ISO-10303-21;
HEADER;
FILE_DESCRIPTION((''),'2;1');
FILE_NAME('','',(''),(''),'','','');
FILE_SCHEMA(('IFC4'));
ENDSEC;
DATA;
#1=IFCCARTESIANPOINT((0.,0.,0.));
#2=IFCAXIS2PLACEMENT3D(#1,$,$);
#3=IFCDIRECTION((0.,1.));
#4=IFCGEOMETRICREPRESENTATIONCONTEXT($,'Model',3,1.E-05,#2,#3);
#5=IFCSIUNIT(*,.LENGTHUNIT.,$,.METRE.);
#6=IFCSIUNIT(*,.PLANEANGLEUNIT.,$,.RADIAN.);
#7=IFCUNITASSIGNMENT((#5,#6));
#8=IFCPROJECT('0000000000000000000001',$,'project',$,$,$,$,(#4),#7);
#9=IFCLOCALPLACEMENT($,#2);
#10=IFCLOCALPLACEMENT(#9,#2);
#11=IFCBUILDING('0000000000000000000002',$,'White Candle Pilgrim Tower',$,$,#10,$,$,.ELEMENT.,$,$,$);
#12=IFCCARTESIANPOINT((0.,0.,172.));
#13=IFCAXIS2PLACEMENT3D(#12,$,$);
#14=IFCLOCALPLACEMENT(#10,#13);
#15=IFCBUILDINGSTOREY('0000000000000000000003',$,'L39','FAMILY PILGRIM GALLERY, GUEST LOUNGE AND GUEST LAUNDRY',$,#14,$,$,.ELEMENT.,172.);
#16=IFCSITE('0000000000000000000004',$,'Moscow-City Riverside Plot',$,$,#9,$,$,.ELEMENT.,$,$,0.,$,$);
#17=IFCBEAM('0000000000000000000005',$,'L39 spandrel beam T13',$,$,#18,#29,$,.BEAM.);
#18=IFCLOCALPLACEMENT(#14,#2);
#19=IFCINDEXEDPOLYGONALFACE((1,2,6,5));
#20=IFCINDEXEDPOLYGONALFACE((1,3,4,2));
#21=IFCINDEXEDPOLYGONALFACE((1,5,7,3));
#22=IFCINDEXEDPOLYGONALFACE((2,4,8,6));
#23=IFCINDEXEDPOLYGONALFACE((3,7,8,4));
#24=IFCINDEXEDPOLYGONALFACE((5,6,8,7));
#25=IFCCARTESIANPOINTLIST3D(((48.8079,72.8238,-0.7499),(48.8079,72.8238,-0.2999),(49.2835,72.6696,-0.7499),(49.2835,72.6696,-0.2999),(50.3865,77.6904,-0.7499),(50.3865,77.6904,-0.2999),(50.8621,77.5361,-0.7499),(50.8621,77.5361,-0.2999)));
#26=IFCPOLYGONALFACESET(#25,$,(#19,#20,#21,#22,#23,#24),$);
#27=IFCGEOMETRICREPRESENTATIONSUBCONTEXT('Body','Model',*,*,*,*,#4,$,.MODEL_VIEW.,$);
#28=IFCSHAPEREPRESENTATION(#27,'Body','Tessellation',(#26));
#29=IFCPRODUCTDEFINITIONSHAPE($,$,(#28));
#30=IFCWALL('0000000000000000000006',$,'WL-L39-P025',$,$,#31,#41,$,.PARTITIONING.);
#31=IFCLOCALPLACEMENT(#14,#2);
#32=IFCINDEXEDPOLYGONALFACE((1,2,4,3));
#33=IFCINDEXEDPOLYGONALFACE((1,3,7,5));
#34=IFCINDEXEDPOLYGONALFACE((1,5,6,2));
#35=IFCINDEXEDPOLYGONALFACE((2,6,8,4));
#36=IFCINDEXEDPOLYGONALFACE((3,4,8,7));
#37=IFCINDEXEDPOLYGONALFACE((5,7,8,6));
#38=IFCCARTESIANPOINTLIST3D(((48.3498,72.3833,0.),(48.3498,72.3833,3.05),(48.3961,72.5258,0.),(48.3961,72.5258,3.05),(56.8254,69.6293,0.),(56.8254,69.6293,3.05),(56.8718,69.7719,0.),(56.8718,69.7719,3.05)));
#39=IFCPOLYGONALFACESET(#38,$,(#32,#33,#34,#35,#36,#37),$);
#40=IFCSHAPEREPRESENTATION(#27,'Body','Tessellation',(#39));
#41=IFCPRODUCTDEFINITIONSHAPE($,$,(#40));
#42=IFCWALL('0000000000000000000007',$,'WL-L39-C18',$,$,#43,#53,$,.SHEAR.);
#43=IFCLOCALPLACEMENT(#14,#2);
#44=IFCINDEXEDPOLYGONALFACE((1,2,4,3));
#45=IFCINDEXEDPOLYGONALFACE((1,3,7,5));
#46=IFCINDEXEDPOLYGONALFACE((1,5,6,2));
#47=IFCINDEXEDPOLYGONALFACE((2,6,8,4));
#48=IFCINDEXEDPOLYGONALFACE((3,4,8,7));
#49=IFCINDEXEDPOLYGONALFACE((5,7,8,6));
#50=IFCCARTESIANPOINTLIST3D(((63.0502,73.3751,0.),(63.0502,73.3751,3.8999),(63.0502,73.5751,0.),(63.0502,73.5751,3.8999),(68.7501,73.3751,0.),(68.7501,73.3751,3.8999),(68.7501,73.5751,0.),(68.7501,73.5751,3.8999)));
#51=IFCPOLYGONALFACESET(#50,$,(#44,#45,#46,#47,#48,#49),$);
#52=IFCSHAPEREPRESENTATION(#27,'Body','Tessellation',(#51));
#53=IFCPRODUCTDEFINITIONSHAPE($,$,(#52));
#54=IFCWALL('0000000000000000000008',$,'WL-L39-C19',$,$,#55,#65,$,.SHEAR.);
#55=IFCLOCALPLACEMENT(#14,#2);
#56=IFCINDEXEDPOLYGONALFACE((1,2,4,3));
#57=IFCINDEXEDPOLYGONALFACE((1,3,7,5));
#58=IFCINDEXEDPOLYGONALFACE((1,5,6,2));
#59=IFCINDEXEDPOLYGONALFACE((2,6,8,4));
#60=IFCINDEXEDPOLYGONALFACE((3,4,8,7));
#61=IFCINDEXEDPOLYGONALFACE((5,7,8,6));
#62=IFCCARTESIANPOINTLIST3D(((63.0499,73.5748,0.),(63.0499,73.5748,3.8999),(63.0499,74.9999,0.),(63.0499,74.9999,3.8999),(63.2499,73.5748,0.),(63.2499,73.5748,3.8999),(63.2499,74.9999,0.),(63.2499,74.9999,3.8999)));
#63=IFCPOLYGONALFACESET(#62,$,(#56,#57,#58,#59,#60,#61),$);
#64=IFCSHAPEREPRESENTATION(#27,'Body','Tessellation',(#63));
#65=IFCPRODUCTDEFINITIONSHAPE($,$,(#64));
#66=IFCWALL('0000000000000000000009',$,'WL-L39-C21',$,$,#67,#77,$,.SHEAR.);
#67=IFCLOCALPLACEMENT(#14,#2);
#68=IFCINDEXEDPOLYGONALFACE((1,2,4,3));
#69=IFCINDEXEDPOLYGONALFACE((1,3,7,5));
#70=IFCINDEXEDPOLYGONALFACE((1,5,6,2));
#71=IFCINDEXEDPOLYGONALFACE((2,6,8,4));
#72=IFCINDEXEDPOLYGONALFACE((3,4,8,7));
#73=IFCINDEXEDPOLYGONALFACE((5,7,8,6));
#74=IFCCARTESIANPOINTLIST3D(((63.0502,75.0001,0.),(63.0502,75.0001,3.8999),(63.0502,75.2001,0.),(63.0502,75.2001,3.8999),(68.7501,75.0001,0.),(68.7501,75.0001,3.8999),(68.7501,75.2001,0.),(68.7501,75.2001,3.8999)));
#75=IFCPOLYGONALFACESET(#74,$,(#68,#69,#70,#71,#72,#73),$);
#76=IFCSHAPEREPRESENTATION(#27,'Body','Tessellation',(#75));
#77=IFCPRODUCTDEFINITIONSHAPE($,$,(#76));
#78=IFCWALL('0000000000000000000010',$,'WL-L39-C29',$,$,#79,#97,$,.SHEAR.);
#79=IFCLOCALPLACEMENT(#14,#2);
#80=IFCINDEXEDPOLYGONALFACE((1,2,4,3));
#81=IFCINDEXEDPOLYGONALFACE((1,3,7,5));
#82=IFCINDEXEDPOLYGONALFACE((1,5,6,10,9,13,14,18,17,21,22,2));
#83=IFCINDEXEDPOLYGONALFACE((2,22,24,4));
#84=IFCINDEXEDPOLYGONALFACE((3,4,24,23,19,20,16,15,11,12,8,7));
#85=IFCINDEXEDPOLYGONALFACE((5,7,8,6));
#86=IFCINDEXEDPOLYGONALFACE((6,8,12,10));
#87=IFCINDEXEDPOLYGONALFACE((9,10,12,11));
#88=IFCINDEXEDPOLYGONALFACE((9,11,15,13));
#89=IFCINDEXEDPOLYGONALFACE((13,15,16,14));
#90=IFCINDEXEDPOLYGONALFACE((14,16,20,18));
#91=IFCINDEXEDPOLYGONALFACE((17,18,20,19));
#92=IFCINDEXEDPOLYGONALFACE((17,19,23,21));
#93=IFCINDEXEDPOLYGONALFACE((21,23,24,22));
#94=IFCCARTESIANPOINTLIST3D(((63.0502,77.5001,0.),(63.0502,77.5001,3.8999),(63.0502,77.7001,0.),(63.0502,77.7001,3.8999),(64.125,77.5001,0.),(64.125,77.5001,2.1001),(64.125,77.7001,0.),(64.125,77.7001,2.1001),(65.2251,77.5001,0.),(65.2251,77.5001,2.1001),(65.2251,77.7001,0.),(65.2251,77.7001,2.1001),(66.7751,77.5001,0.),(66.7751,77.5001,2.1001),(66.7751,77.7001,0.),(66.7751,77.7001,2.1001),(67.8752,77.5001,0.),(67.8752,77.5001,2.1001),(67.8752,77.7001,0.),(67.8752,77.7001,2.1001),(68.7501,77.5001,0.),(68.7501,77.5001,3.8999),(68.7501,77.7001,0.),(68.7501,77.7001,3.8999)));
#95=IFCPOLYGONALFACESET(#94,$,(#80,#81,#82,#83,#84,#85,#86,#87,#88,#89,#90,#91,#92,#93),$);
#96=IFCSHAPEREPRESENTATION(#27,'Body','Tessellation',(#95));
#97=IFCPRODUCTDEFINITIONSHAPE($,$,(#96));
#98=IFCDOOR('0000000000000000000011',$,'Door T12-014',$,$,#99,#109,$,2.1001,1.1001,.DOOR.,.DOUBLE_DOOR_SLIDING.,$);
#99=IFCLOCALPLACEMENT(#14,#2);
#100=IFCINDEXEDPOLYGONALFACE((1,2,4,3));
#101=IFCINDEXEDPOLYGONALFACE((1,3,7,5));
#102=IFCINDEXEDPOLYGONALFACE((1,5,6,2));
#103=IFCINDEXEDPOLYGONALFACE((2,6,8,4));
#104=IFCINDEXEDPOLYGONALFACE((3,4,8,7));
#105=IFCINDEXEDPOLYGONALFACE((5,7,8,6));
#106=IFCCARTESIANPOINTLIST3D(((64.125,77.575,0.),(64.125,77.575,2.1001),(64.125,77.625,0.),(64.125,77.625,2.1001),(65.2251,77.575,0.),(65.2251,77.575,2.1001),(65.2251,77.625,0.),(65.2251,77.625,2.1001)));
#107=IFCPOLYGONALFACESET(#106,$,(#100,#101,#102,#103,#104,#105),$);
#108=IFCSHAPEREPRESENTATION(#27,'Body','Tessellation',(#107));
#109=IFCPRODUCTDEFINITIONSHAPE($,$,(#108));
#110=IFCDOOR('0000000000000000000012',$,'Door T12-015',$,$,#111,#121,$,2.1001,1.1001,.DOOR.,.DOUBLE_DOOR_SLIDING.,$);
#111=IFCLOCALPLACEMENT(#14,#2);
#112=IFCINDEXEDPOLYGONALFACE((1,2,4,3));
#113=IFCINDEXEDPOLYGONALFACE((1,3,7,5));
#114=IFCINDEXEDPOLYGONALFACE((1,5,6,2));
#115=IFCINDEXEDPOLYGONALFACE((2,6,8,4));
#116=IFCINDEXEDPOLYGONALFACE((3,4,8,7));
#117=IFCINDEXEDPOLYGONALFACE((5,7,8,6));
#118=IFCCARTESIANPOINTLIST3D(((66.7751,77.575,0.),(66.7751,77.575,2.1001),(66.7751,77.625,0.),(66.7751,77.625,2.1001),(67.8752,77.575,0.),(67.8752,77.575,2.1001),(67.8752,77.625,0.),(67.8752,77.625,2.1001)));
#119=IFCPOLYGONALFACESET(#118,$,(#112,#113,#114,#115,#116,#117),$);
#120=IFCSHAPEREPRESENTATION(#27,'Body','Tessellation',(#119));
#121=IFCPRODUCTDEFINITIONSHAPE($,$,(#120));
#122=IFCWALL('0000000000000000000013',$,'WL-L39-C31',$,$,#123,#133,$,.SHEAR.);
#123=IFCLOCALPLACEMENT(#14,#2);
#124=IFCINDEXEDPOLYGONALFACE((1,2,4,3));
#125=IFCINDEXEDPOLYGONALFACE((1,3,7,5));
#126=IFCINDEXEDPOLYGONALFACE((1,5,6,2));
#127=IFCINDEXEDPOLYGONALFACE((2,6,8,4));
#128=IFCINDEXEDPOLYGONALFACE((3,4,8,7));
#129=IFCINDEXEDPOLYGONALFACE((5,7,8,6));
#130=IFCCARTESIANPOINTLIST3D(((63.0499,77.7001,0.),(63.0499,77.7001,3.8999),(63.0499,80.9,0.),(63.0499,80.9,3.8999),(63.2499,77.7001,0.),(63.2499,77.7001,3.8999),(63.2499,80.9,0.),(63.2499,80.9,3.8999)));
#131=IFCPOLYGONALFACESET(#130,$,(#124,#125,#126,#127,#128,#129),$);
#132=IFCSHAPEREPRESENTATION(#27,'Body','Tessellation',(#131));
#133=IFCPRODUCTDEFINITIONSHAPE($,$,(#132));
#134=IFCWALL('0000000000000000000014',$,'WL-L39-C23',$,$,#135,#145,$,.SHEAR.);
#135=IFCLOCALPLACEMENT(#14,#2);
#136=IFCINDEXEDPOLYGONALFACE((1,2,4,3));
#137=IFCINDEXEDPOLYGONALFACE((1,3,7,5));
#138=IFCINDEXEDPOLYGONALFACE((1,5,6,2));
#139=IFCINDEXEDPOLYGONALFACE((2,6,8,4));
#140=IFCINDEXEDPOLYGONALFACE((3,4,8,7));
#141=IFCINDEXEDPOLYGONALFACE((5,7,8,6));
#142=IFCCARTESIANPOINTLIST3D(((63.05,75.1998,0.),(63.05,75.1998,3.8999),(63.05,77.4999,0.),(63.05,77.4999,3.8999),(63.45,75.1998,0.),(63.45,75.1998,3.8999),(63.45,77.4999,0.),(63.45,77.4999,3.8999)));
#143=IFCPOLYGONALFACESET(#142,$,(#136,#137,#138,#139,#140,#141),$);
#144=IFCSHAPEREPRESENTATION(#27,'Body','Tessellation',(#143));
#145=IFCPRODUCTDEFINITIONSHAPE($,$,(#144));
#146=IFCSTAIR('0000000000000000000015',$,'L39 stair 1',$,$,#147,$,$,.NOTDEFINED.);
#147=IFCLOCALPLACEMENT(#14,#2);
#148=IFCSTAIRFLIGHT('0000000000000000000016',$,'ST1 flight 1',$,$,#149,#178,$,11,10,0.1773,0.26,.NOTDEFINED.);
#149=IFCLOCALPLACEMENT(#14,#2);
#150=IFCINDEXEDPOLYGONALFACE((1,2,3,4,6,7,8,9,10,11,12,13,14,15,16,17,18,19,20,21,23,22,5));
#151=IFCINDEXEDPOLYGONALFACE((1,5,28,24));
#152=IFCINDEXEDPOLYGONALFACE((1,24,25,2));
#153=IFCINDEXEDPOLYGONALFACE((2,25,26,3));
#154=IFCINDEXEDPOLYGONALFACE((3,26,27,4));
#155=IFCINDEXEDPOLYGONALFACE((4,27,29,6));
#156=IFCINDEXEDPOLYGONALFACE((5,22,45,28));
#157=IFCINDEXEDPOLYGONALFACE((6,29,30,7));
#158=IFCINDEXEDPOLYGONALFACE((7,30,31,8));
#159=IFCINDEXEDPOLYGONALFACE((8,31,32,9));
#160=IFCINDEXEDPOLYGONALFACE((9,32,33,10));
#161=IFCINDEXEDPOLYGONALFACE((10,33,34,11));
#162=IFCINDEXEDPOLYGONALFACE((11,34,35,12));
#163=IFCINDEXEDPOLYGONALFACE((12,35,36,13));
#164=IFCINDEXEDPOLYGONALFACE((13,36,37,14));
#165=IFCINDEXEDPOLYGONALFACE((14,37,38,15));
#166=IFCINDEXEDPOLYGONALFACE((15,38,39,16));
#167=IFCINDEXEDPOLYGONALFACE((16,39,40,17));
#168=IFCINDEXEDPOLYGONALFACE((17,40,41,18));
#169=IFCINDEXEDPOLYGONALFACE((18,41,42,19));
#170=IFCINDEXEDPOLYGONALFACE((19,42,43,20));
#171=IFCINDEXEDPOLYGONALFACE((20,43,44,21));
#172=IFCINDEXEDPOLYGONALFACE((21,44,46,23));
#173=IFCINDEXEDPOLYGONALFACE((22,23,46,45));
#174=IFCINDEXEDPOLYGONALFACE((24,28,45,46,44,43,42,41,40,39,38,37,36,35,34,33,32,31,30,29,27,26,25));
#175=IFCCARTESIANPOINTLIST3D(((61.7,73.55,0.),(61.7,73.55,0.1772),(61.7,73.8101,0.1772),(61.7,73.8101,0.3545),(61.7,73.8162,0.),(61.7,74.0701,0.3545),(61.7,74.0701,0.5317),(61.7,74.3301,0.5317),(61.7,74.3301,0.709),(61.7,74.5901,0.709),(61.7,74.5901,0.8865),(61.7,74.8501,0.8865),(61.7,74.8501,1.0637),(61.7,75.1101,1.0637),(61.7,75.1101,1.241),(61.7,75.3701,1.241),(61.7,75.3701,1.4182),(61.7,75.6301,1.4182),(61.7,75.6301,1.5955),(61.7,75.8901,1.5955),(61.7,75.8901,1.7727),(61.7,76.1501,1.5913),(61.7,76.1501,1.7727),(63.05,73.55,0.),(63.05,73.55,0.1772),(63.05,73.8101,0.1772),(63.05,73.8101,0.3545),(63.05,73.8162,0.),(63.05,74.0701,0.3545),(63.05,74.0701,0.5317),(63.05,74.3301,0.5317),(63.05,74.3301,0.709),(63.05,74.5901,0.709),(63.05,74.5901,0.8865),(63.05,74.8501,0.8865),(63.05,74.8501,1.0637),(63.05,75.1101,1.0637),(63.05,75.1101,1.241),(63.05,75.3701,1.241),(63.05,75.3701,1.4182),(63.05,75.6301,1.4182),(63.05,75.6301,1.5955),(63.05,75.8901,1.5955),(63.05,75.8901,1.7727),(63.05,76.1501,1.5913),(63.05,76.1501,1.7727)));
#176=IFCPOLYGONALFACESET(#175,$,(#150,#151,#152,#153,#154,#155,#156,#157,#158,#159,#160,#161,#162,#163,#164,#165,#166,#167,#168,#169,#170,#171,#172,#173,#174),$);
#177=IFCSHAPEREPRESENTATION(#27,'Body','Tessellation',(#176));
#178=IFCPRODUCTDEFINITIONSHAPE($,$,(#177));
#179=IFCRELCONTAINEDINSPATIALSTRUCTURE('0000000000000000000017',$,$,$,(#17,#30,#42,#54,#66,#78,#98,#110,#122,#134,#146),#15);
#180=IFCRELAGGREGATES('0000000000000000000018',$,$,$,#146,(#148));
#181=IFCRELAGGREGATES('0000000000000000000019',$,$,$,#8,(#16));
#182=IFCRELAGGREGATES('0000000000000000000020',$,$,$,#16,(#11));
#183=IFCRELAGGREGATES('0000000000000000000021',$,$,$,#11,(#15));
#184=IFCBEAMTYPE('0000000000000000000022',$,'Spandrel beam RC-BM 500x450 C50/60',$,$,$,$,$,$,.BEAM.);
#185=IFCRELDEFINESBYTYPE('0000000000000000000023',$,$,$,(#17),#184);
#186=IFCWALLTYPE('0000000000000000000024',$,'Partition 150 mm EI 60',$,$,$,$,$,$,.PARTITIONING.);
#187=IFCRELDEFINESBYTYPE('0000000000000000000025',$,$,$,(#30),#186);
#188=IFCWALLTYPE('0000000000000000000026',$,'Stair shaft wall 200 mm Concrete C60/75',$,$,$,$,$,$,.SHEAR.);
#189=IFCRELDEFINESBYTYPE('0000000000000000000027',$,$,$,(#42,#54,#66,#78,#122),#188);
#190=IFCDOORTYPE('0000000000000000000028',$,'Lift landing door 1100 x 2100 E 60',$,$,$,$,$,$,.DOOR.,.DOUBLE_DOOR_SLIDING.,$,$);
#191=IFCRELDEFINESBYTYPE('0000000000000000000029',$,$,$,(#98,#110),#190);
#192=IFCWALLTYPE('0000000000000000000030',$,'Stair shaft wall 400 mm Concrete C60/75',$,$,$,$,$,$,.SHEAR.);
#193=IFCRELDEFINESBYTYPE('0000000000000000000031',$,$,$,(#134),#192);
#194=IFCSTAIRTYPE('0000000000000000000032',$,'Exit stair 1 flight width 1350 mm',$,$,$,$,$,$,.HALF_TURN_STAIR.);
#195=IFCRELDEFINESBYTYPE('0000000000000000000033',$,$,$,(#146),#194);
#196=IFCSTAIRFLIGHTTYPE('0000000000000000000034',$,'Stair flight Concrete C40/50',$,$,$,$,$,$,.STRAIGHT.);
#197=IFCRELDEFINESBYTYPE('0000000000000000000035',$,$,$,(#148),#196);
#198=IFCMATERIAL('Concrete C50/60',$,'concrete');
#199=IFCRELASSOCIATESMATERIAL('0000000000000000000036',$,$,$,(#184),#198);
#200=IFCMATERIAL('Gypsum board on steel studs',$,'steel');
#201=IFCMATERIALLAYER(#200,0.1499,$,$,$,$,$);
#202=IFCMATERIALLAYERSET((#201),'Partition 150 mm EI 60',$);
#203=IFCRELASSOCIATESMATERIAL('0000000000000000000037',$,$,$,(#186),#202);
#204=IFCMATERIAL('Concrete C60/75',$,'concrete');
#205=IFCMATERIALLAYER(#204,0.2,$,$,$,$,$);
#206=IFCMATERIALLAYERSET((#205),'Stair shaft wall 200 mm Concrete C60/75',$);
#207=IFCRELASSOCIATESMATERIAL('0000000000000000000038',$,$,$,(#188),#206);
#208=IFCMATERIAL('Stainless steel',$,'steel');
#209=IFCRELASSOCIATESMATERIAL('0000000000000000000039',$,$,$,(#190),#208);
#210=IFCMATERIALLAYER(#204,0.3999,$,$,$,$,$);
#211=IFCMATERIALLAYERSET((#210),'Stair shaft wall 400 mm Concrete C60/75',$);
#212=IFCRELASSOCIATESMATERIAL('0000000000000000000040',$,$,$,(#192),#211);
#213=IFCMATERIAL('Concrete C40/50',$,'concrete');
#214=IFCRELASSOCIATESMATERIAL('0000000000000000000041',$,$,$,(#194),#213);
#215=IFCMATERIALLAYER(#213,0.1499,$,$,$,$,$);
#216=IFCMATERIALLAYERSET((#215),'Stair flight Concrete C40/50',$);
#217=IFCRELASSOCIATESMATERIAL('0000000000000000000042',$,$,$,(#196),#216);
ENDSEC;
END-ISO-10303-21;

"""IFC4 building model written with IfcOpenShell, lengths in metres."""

from ifc_helpers import new_model, si_unit, direction, frame, frame_2d, origin, origin_2d, place, context, subcontext, project, spatial, polyline, rectangle, outline, extrude, material, layer, layer_set, material_profile, profile_set, type_object, element, fill, aggregate, save


model = new_model("IFC4")

# Units and contexts
model_context = context("Model", 3, precision=1e-05, world=origin(), true_north=direction((0.0, 1.0)))
body_context = subcontext(model_context, "Body", "Model", "MODEL_VIEW")
ifc_project = project(units=[si_unit("LENGTHUNIT", "METRE"), si_unit("PLANEANGLEUNIT", "RADIAN")], contexts=[model_context])

# Site, building, storey
site_placement = place(None, origin())
site = spatial("IfcSite", under=ifc_project, at=site_placement, Name="Moscow-City Riverside Plot", CompositionType="ELEMENT", RefElevation=0.0)
building_placement = place(site_placement, origin())
building = spatial("IfcBuilding", under=site, at=building_placement, Name="White Candle Pilgrim Tower", CompositionType="ELEMENT")
storey_placement = place(building_placement, frame((0.0, 0.0, 172.0)))
storey = spatial("IfcBuildingStorey", under=building, at=storey_placement, Name="L39", Description="FAMILY PILGRIM GALLERY, GUEST LOUNGE AND GUEST LAUNDRY", CompositionType="ELEMENT", Elevation=172.0)

# Beam
ifc_material_1 = material(Name="Concrete C50/60", Category="concrete")
ifc_material_profile = material_profile(ifc_material_1, rectangle(XDim=0.5, YDim=0.45, at=origin_2d()), Name="RC-BM 500x450")
ifc_profile_set = profile_set([ifc_material_profile], Name="Concrete C50/60")
beam_type = type_object("IfcBeamType", Name="Spandrel beam RC-BM 500x450 C50/60", PredefinedType="BEAM", material=ifc_profile_set)
beam_placement = place(storey_placement, frame((50.6243, 77.6133, -0.5249), z_axis=(-0.308544, -0.95121, 0.0), x_axis=(0.95121, -0.308544, 0.0)))
element("IfcBeam", 1, at=beam_placement, inside=storey, type_object=beam_type, Name="L39 spandrel beam T13", PredefinedType="BEAM", context=body_context, shape_type="SweptSolid", body=[
    extrude(rectangle(XDim=0.5, YDim=0.45, at=origin_2d()), origin(), (0.0, 0.0, 1.0), 5.1162),
])

# Walls
ifc_material_2 = material(Name="Gypsum board on steel studs", Category="steel")
ifc_layer_1 = layer(ifc_material_2, 0.1499)
ifc_layer_set_1 = layer_set([ifc_layer_1], Name="Partition 150 mm EI 60")
wall_type_1 = type_object("IfcWallType", Name="Partition 150 mm EI 60", PredefinedType="PARTITIONING", material=ifc_layer_set_1)
wall_1_placement = place(storey_placement, frame((48.3728, 72.4546, 0.0), z_axis=(0.0, 0.0, 1.0), x_axis=(0.951056, -0.309019, 0.0)))
element("IfcWall", 2, at=wall_1_placement, inside=storey, type_object=wall_type_1, Name="WL-L39-P025", PredefinedType="PARTITIONING", context=body_context, shape_type="SweptSolid", body=[
    extrude(rectangle(XDim=8.9119, YDim=0.1499, at=frame_2d((4.4561, 0.0))), origin(), (0.0, 0.0, 1.0), 3.05),
])
ifc_material_3 = material(Name="Concrete C60/75", Category="concrete")
ifc_layer_2 = layer(ifc_material_3, 0.2)
ifc_layer_set_2 = layer_set([ifc_layer_2], Name="Stair shaft wall 200 mm Concrete C60/75")
wall_type_2 = type_object("IfcWallType", Name="Stair shaft wall 200 mm Concrete C60/75", PredefinedType="SHEAR", material=ifc_layer_set_2)
wall_2_placement = place(storey_placement, frame((63.05, 73.4751, 0.0), z_axis=(0.0, 0.0, 1.0), x_axis=(1.0, 0.0, 0.0)))
element("IfcWall", 3, at=wall_2_placement, inside=storey, type_object=wall_type_2, Name="WL-L39-C18", PredefinedType="SHEAR", context=body_context, shape_type="SweptSolid", body=[
    extrude(rectangle(XDim=5.7, YDim=0.2, at=frame_2d((2.8501, 0.0))), origin(), (0.0, 0.0, 1.0), 3.8999),
])
wall_3_placement = place(storey_placement, frame((63.1499, 73.575, 0.0), z_axis=(0.0, 0.0, 1.0), x_axis=(0.0, 1.0, 0.0)))
element("IfcWall", 4, at=wall_3_placement, inside=storey, type_object=wall_type_2, Name="WL-L39-C19", PredefinedType="SHEAR", context=body_context, shape_type="SweptSolid", body=[
    extrude(rectangle(XDim=1.425, YDim=0.2, at=frame_2d((0.7124, 0.0))), origin(), (0.0, 0.0, 1.0), 3.8999),
])
wall_4_placement = place(storey_placement, frame((63.05, 75.1001, 0.0), z_axis=(0.0, 0.0, 1.0), x_axis=(1.0, 0.0, 0.0)))
element("IfcWall", 5, at=wall_4_placement, inside=storey, type_object=wall_type_2, Name="WL-L39-C21", PredefinedType="SHEAR", context=body_context, shape_type="SweptSolid", body=[
    extrude(rectangle(XDim=5.7, YDim=0.2, at=frame_2d((2.8501, 0.0))), origin(), (0.0, 0.0, 1.0), 3.8999),
])

# Wall, openings, doors
wall_5_placement = place(storey_placement, frame((63.05, 77.6001, 0.0), z_axis=(0.0, 0.0, 1.0), x_axis=(1.0, 0.0, 0.0)))
wall_5 = element("IfcWall", 6, at=wall_5_placement, inside=storey, type_object=wall_type_2, Name="WL-L39-C29", PredefinedType="SHEAR", context=body_context, shape_type="SweptSolid", body=[
    extrude(rectangle(XDim=5.7, YDim=0.2, at=frame_2d((2.8501, 0.0))), origin(), (0.0, 0.0, 1.0), 3.8999),
])
opening_1_placement = place(wall_5_placement, frame((1.075, 0.0, 0.0)))
opening_1 = element("IfcOpeningElement", 7, at=opening_1_placement, cuts=wall_5, PredefinedType="OPENING", context=body_context, shape_type="SweptSolid", body=[
    extrude(rectangle(XDim=1.1001, YDim=2.1001, at=frame_2d((0.55, 1.05))), frame((0.0, 0.1099, 0.0), z_axis=(0.0, -1.0, 0.0), x_axis=(1.0, 0.0, 0.0)), (0.0, 0.0, 1.0), 0.22),
])
opening_2_placement = place(wall_5_placement, frame((3.7251, 0.0, 0.0)))
opening_2 = element("IfcOpeningElement", 8, at=opening_2_placement, cuts=wall_5, PredefinedType="OPENING", context=body_context, shape_type="SweptSolid", body=[
    extrude(rectangle(XDim=1.1001, YDim=2.1001, at=frame_2d((0.55, 1.05))), frame((0.0, 0.1099, 0.0), z_axis=(0.0, -1.0, 0.0), x_axis=(1.0, 0.0, 0.0)), (0.0, 0.0, 1.0), 0.22),
])
ifc_material_4 = material(Name="Stainless steel", Category="steel")
door_type = type_object("IfcDoorType", Name="Lift landing door 1100 x 2100 E 60", OperationType="DOUBLE_DOOR_SLIDING", PredefinedType="DOOR", material=ifc_material_4)
door_1_placement = place(opening_1_placement, origin())
door_1 = element("IfcDoor", 9, at=door_1_placement, inside=storey, type_object=door_type, Name="Door T12-014", OperationType="DOUBLE_DOOR_SLIDING", OverallHeight=2.1001, OverallWidth=1.1001, PredefinedType="DOOR", context=body_context, shape_type="SweptSolid", body=[
    extrude(rectangle(XDim=1.1001, YDim=2.1001, at=frame_2d((0.55, 1.05))), frame((0.0, 0.0249, 0.0), z_axis=(0.0, -1.0, 0.0), x_axis=(1.0, 0.0, 0.0)), (0.0, 0.0, 1.0), 0.05),
])
fill(opening_1, door_1)
door_2_placement = place(opening_2_placement, origin())
door_2 = element("IfcDoor", 10, at=door_2_placement, inside=storey, type_object=door_type, Name="Door T12-015", OperationType="DOUBLE_DOOR_SLIDING", OverallHeight=2.1001, OverallWidth=1.1001, PredefinedType="DOOR", context=body_context, shape_type="SweptSolid", body=[
    extrude(rectangle(XDim=1.1001, YDim=2.1001, at=frame_2d((0.55, 1.05))), frame((0.0, 0.0249, 0.0), z_axis=(0.0, -1.0, 0.0), x_axis=(1.0, 0.0, 0.0)), (0.0, 0.0, 1.0), 0.05),
])
fill(opening_2, door_2)

# Walls
wall_6_placement = place(storey_placement, frame((63.1499, 77.7, 0.0), z_axis=(0.0, 0.0, 1.0), x_axis=(0.0, 1.0, 0.0)))
element("IfcWall", 11, at=wall_6_placement, inside=storey, type_object=wall_type_2, Name="WL-L39-C31", PredefinedType="SHEAR", context=body_context, shape_type="SweptSolid", body=[
    extrude(rectangle(XDim=3.2, YDim=0.2, at=frame_2d((1.6001, 0.0))), origin(), (0.0, 0.0, 1.0), 3.8999),
])
ifc_layer_3 = layer(ifc_material_3, 0.3999)
ifc_layer_set_3 = layer_set([ifc_layer_3], Name="Stair shaft wall 400 mm Concrete C60/75")
wall_type_3 = type_object("IfcWallType", Name="Stair shaft wall 400 mm Concrete C60/75", PredefinedType="SHEAR", material=ifc_layer_set_3)
wall_7_placement = place(storey_placement, frame((63.25, 75.2, 0.0), z_axis=(0.0, 0.0, 1.0), x_axis=(0.0, 1.0, 0.0)))
element("IfcWall", 12, at=wall_7_placement, inside=storey, type_object=wall_type_3, Name="WL-L39-C23", PredefinedType="SHEAR", context=body_context, shape_type="SweptSolid", body=[
    extrude(rectangle(XDim=2.3, YDim=0.3999, at=frame_2d((1.1499, 0.0))), origin(), (0.0, 0.0, 1.0), 3.8999),
])

# Stair, stair flight
ifc_material_5 = material(Name="Concrete C40/50", Category="concrete")
stair_type = type_object("IfcStairType", Name="Exit stair 1 flight width 1350 mm", PredefinedType="HALF_TURN_STAIR", material=ifc_material_5)
stair_placement = place(storey_placement, origin())
stair = element("IfcStair", 13, at=stair_placement, inside=storey, type_object=stair_type, Name="L39 stair 1", PredefinedType="NOTDEFINED")
ifc_layer_4 = layer(ifc_material_5, 0.1499)
ifc_layer_set_4 = layer_set([ifc_layer_4], Name="Stair flight Concrete C40/50")
stair_flight_type = type_object("IfcStairFlightType", Name="Stair flight Concrete C40/50", PredefinedType="STRAIGHT", material=ifc_layer_set_4)
stair_flight_1_placement = place(storey_placement, frame((62.375, 73.55, 0.0), z_axis=(0.0, 0.0, 1.0), x_axis=(0.0, 1.0, 0.0)))
stair_flight_1 = element("IfcStairFlight", 14, at=stair_flight_1_placement, type_object=stair_flight_type, Name="ST1 flight 1", NumberOfRisers=11, NumberOfTreads=10, PredefinedType="NOTDEFINED", RiserHeight=0.1773, TreadLength=0.26, context=body_context, shape_type="SweptSolid", body=[
    extrude(outline(polyline([(0.0, 0.0), (0.0, 0.1772), (0.26, 0.1772), (0.26, 0.3545), (0.52, 0.3545), (0.52, 0.5317), (0.78, 0.5317), (0.78, 0.709), (1.04, 0.709), (1.04, 0.8865), (1.3, 0.8865), (1.3, 1.0637), (1.5601, 1.0637), (1.5601, 1.241), (1.8201, 1.241), (1.8201, 1.4182), (2.0801, 1.4182), (2.0801, 1.5955), (2.3401, 1.5955), (2.3401, 1.7727), (2.6001, 1.7727), (2.6001, 1.95), (2.6001, 1.5913), (0.2661, 0.0), (0.0, 0.0)])), frame((0.0, 0.675, 0.0), z_axis=(0.0, -1.0, 0.0), x_axis=(1.0, 0.0, 0.0)), (0.0, 0.0, 1.0), 1.3501),
])
aggregate(stair, [stair_flight_1])

save(model, "model.ifc")
